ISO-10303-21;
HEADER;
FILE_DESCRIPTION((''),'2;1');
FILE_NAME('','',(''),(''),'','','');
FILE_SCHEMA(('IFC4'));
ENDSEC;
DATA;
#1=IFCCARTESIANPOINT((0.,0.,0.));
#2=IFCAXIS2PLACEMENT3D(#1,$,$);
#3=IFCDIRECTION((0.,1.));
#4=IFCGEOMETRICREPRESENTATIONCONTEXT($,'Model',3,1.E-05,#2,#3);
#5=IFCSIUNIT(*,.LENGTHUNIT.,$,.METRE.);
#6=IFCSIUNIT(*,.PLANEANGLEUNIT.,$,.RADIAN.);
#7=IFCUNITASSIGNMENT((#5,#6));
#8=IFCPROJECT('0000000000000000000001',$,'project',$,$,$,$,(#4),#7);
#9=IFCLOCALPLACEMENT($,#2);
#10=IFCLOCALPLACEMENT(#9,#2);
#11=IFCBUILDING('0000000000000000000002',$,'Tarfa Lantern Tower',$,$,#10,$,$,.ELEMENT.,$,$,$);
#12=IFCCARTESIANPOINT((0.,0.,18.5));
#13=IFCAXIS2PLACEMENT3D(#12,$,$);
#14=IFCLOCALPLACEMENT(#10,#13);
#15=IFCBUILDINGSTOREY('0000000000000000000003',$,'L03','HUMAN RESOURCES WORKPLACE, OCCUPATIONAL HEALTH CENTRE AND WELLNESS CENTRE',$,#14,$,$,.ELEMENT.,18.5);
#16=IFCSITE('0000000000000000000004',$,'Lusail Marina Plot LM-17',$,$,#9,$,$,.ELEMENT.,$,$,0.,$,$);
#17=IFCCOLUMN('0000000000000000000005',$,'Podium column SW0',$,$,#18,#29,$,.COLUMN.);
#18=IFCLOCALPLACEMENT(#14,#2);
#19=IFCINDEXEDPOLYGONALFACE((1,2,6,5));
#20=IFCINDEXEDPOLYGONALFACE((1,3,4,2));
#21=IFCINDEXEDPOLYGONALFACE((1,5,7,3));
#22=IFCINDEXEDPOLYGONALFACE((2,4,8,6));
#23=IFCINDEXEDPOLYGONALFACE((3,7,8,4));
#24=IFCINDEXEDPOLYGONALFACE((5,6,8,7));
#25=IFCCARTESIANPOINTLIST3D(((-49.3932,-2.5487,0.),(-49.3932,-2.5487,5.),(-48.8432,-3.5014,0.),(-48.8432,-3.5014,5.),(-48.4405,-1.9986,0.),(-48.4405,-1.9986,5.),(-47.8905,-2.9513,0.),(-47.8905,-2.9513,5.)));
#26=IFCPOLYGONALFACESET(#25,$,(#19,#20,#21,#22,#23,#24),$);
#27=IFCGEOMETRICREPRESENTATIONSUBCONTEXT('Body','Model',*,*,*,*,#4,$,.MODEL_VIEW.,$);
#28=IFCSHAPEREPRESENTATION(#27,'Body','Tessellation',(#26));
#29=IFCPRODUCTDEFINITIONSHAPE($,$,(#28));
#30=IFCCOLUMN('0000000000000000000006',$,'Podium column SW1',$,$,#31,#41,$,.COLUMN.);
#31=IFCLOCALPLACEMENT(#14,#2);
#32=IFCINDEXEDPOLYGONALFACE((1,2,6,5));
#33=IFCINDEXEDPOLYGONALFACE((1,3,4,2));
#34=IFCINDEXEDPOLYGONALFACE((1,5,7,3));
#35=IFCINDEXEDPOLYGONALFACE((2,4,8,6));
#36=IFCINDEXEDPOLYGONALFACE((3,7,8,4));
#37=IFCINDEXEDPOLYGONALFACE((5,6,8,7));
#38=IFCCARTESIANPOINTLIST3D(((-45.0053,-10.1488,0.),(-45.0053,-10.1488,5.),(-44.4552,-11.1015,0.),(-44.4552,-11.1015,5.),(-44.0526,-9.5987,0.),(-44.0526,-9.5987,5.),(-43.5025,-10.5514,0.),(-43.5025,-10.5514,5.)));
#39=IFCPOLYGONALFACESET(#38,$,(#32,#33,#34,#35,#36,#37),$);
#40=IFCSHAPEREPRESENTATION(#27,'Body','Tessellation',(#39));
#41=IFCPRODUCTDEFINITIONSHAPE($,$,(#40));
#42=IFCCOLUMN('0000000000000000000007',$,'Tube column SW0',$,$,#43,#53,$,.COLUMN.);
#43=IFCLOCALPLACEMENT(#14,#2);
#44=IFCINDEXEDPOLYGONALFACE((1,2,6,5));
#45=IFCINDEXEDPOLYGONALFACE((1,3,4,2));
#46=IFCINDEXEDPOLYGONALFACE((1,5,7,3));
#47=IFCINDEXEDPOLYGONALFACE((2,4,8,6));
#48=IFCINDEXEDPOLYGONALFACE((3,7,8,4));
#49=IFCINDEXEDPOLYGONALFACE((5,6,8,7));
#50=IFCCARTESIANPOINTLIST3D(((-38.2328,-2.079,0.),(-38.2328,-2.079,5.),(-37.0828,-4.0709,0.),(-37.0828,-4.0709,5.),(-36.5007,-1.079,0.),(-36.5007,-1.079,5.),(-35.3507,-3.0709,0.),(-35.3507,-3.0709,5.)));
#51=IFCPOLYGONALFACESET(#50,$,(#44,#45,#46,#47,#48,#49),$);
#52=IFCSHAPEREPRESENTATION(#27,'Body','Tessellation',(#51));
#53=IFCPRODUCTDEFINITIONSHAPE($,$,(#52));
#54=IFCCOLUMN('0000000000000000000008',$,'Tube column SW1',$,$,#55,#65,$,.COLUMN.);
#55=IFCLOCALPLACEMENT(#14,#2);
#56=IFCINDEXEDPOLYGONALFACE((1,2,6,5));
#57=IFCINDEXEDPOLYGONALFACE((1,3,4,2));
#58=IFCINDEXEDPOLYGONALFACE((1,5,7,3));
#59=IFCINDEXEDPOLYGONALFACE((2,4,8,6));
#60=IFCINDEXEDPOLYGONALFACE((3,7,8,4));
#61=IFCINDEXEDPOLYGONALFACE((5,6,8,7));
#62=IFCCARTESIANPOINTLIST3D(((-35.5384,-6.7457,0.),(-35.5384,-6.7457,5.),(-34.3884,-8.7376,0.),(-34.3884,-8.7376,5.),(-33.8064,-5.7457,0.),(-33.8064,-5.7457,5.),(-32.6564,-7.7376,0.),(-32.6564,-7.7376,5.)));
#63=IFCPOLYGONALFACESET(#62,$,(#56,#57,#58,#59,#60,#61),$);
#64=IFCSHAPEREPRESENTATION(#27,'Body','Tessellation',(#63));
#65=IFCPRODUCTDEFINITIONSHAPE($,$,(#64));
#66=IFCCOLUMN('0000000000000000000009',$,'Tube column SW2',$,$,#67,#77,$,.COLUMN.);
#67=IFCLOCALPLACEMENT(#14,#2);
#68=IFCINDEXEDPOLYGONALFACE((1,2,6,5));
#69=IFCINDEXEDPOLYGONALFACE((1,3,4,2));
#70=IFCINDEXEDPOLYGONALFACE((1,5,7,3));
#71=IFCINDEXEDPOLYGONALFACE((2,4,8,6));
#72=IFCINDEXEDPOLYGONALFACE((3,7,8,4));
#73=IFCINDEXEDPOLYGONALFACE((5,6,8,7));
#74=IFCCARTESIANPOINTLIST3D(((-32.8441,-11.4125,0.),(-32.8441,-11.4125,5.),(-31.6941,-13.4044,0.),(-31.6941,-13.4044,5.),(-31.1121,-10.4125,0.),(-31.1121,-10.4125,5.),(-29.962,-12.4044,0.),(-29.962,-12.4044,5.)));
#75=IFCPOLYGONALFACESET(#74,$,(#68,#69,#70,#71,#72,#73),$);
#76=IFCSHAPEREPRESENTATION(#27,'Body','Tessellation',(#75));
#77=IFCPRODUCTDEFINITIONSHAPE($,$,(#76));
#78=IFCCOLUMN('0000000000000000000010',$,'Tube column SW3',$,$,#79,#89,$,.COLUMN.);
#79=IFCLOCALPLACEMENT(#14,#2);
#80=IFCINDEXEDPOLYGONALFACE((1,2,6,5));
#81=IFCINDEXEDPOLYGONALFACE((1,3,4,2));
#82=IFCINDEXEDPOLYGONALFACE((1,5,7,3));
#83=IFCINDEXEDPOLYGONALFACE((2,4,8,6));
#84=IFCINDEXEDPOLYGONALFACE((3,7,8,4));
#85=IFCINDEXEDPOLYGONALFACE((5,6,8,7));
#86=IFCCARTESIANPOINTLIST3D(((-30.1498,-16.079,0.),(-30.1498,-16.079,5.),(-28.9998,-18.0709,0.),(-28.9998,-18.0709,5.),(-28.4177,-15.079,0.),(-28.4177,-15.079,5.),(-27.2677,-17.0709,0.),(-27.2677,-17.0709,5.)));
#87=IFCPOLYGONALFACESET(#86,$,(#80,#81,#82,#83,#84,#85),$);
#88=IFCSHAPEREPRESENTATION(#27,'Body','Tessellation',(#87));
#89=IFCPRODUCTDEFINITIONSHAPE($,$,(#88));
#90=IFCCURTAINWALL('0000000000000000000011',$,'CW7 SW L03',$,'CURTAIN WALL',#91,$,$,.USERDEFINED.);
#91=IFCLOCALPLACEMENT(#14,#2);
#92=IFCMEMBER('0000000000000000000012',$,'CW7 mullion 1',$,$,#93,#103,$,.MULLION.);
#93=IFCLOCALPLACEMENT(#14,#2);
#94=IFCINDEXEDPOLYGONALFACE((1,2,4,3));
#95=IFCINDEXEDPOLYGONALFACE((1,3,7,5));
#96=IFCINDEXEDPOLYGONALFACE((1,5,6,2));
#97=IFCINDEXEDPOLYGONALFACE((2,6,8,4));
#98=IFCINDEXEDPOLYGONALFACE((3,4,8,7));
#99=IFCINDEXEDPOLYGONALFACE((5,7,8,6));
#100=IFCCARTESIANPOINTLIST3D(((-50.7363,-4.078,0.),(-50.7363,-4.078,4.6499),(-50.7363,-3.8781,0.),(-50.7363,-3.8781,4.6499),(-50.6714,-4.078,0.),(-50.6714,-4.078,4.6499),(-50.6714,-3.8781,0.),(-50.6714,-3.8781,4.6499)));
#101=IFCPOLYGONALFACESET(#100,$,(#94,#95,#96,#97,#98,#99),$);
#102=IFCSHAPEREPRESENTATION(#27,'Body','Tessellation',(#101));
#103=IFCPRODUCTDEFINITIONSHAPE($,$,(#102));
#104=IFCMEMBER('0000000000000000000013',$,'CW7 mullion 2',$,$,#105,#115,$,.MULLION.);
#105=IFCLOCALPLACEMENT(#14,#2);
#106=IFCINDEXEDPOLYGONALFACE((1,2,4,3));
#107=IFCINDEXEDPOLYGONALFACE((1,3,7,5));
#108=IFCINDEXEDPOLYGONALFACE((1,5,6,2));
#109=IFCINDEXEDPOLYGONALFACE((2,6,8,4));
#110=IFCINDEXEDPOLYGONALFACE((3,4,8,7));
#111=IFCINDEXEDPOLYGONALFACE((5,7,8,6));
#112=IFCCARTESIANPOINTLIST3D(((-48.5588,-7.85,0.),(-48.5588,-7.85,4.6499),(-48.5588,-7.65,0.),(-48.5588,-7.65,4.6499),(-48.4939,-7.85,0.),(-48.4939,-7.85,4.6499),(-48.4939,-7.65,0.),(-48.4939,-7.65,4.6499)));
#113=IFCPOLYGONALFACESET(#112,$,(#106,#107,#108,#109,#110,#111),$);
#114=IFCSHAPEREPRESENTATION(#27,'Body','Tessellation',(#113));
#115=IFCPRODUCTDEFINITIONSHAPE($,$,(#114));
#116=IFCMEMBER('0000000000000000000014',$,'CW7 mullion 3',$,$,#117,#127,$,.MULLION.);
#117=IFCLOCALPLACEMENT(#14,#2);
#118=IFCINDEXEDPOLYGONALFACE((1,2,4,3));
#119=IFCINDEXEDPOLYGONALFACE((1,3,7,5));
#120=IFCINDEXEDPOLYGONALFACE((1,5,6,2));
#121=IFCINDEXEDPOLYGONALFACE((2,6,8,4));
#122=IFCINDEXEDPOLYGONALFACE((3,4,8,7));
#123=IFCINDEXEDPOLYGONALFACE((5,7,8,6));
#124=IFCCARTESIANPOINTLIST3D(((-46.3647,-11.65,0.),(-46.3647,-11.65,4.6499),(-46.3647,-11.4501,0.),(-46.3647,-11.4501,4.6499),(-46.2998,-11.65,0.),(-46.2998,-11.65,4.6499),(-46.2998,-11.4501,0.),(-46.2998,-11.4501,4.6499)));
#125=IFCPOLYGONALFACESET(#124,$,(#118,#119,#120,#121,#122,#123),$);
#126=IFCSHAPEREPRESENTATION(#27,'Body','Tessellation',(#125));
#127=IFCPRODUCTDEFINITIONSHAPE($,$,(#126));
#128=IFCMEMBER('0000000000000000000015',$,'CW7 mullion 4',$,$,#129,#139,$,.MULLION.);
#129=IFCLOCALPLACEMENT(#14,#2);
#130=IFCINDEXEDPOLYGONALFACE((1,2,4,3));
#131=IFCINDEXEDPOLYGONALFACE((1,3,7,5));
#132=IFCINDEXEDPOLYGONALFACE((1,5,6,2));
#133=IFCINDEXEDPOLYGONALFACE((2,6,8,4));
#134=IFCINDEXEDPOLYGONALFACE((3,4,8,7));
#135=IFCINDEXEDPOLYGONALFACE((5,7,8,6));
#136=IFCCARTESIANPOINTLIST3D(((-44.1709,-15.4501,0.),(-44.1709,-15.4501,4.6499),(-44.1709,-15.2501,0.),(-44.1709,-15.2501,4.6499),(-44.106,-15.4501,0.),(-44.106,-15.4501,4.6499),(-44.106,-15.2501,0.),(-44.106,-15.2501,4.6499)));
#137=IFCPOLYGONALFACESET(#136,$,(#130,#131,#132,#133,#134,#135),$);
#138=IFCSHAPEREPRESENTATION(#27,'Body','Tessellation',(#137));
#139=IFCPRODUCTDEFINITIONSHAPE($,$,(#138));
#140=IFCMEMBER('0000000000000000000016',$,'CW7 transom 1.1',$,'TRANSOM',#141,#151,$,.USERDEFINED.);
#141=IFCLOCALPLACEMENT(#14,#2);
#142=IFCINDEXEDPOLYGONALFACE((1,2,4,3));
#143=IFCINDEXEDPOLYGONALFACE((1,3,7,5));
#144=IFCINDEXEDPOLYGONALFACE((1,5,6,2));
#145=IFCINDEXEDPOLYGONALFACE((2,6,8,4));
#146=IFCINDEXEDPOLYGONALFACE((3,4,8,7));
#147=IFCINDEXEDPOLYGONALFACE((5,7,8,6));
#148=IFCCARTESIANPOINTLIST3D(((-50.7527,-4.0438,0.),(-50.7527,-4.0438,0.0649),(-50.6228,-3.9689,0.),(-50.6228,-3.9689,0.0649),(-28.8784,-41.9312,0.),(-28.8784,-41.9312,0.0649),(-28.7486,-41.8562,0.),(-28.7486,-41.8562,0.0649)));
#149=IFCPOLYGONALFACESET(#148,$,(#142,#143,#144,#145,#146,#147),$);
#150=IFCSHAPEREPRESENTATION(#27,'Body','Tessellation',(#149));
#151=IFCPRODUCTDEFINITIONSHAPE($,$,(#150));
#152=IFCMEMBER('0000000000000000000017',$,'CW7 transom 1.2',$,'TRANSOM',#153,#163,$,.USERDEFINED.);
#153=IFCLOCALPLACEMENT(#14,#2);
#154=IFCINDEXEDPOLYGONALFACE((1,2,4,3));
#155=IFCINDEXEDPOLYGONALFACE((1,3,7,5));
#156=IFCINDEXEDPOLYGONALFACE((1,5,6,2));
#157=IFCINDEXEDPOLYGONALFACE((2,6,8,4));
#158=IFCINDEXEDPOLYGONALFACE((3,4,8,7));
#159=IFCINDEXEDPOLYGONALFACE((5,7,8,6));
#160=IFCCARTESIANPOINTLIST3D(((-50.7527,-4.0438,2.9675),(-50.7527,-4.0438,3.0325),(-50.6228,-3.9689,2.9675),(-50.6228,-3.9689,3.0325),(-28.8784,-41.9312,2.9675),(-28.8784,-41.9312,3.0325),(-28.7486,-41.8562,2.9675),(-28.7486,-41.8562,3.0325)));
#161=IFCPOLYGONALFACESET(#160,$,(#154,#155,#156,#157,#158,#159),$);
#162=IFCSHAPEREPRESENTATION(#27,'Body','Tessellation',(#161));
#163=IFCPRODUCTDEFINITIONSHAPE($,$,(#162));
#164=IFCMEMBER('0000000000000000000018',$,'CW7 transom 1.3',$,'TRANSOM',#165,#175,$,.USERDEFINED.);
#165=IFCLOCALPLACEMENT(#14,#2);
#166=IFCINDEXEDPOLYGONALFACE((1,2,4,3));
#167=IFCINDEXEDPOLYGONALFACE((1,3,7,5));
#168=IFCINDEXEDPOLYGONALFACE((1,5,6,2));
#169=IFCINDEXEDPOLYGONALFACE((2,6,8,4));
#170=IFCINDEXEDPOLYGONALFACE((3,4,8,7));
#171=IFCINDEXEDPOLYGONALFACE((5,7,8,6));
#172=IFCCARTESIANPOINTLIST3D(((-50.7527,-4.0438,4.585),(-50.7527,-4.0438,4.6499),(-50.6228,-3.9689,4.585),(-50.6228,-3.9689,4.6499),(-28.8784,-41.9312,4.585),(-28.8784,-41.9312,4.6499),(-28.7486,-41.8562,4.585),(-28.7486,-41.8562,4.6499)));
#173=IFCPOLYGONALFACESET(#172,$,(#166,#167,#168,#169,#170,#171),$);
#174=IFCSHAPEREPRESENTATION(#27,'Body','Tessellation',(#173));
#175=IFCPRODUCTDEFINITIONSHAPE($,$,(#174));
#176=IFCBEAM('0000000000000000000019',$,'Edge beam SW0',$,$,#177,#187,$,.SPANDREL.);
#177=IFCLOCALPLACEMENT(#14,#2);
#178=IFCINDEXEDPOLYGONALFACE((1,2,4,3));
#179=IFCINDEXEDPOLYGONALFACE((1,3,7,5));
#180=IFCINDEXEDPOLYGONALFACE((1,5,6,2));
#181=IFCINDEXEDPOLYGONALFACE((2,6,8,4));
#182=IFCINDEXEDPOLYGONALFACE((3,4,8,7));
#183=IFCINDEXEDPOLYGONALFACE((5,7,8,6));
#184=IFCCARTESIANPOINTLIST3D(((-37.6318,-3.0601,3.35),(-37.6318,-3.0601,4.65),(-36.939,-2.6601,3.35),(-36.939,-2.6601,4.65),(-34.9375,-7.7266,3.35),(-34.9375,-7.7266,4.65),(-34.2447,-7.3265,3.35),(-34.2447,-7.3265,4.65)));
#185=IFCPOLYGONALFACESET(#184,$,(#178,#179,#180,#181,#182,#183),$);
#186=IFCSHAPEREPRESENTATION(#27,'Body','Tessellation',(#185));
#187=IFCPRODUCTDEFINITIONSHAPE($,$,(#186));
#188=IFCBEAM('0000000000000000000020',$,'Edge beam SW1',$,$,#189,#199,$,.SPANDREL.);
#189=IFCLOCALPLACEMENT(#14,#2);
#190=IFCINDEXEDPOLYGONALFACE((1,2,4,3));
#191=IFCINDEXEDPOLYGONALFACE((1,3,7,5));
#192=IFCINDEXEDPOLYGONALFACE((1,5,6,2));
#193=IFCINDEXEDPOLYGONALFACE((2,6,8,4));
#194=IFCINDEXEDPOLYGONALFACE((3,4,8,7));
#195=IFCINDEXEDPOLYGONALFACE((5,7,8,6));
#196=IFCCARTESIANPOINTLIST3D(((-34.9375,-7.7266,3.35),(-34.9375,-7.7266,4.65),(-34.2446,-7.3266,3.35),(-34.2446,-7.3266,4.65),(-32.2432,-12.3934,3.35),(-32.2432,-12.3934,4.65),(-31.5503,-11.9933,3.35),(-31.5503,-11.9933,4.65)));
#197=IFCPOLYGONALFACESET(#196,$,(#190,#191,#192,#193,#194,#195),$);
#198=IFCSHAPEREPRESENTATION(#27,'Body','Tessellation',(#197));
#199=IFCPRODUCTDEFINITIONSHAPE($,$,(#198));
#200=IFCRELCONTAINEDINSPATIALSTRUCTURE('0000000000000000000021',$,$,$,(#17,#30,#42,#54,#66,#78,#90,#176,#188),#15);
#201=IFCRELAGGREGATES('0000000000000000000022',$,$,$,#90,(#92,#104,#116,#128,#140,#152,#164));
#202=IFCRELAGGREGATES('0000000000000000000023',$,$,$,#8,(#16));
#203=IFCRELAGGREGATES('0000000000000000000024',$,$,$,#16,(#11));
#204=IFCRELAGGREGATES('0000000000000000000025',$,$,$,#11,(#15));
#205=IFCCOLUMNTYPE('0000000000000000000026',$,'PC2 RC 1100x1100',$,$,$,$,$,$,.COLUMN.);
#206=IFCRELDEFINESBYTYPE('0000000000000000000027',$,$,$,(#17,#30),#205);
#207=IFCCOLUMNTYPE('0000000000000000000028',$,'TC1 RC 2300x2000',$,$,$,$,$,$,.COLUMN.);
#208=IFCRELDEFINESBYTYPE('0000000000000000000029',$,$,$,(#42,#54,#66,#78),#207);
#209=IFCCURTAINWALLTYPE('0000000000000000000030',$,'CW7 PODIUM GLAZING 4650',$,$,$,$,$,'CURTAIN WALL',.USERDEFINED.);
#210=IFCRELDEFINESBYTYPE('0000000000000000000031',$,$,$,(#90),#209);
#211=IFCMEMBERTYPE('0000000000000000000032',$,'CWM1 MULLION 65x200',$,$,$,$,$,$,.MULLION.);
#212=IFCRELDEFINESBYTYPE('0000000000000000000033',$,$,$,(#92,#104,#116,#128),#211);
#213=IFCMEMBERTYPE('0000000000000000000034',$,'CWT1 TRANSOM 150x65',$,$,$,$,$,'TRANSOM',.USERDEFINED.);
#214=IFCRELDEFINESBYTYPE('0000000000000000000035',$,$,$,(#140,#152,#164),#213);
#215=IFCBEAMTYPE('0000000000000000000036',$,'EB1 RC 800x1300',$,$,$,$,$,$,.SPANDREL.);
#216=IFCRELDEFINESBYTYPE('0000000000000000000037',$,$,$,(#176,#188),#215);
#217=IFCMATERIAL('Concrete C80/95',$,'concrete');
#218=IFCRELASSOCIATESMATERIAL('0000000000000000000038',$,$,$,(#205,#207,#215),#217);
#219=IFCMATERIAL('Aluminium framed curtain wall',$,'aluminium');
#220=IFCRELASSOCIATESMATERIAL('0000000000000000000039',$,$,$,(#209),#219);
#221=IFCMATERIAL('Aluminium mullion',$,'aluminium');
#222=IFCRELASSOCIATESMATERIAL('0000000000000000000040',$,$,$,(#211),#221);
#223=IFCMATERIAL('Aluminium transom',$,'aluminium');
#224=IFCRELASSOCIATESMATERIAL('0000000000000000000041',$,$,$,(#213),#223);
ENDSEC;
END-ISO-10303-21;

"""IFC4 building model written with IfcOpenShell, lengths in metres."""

from ifc_helpers import new_model, si_unit, direction, frame, origin, origin_2d, place, context, subcontext, project, spatial, rectangle, extrude, material, material_profile, profile_set, type_object, element, aggregate, save


model = new_model("IFC4")

# Units and contexts
model_context = context("Model", 3, precision=1e-05, world=origin(), true_north=direction((0.0, 1.0)))
body_context = subcontext(model_context, "Body", "Model", "MODEL_VIEW")
ifc_project = project(units=[si_unit("LENGTHUNIT", "METRE"), si_unit("PLANEANGLEUNIT", "RADIAN")], contexts=[model_context])

# Site, building, storey
site_placement = place(None, origin())
site = spatial("IfcSite", under=ifc_project, at=site_placement, Name="Lusail Marina Plot LM-17", CompositionType="ELEMENT", RefElevation=0.0)
building_placement = place(site_placement, origin())
building = spatial("IfcBuilding", under=site, at=building_placement, Name="Tarfa Lantern Tower", CompositionType="ELEMENT")
storey_placement = place(building_placement, frame((0.0, 0.0, 18.5)))
storey = spatial("IfcBuildingStorey", under=building, at=storey_placement, Name="L03", Description="HUMAN RESOURCES WORKPLACE, OCCUPATIONAL HEALTH CENTRE AND WELLNESS CENTRE", CompositionType="ELEMENT", Elevation=18.5)

# Columns
ifc_material_1 = material(Name="Concrete C80/95", Category="concrete")
ifc_material_profile_1 = material_profile(ifc_material_1, rectangle(XDim=1.1001, YDim=1.1001, at=origin_2d()), Name="RC 1100x1100")
ifc_profile_set_1 = profile_set([ifc_material_profile_1], Name="Concrete C80/95")
column_type_1 = type_object("IfcColumnType", Name="PC2 RC 1100x1100", PredefinedType="COLUMN", material=ifc_profile_set_1)
for number, where, z_axis, x_axis, name in (
    (1, (-48.6418, -2.75, 0.0), (0.0, 0.0, 1.0), (0.5, -0.866025, 0.0), "Podium column SW0"),
    (2, (-44.2539, -10.3501, 0.0), (0.0, 0.0, 1.0), (0.5, -0.866025, 0.0), "Podium column SW1"),
):
    element("IfcColumn", number, at=place(storey_placement, frame(where, z_axis=z_axis, x_axis=x_axis)), inside=storey, type_object=column_type_1, Name=name, PredefinedType="COLUMN", context=body_context, shape_type="SweptSolid", body=[
        extrude(rectangle(XDim=1.1001, YDim=1.1001, at=origin_2d()), origin(), (0.0, 0.0, 1.0), 5.0),
    ])
ifc_material_profile_2 = material_profile(ifc_material_1, rectangle(XDim=2.3, YDim=2.0, at=origin_2d()), Name="RC 2300x2000")
ifc_profile_set_2 = profile_set([ifc_material_profile_2], Name="Concrete C80/95")
column_type_2 = type_object("IfcColumnType", Name="TC1 RC 2300x2000", PredefinedType="COLUMN", material=ifc_profile_set_2)
for number, where, z_axis, x_axis, name in (
    (3, (-36.7917, -2.575, 0.0), (0.0, 0.0, 1.0), (0.5, -0.866025, 0.0), "Tube column SW0"),
    (4, (-34.0974, -7.2417, 0.0), (0.0, 0.0, 1.0), (0.5, -0.866025, 0.0), "Tube column SW1"),
    (5, (-31.4031, -11.9084, 0.0), (0.0, 0.0, 1.0), (0.5, -0.866025, 0.0), "Tube column SW2"),
    (6, (-28.7087, -16.575, 0.0), (0.0, 0.0, 1.0), (0.5, -0.866025, 0.0), "Tube column SW3"),
):
    element("IfcColumn", number, at=place(storey_placement, frame(where, z_axis=z_axis, x_axis=x_axis)), inside=storey, type_object=column_type_2, Name=name, PredefinedType="COLUMN", context=body_context, shape_type="SweptSolid", body=[
        extrude(rectangle(XDim=2.3, YDim=2.0, at=origin_2d()), origin(), (0.0, 0.0, 1.0), 5.0),
    ])

# Curtain wall, members
ifc_material_2 = material(Name="Aluminium framed curtain wall", Category="aluminium")
curtain_wall_type = type_object("IfcCurtainWallType", Name="CW7 PODIUM GLAZING 4650", ElementType="CURTAIN WALL", PredefinedType="USERDEFINED", material=ifc_material_2)
curtain_wall_placement = place(storey_placement, origin())
curtain_wall = element("IfcCurtainWall", 7, at=curtain_wall_placement, inside=storey, type_object=curtain_wall_type, Name="CW7 SW L03", ObjectType="CURTAIN WALL", PredefinedType="USERDEFINED")
ifc_material_3 = material(Name="Aluminium mullion", Category="aluminium")
ifc_material_profile_3 = material_profile(ifc_material_3, rectangle(XDim=0.0649, YDim=0.2, at=origin_2d()), Name="AL MULLION 65x200")
ifc_profile_set_3 = profile_set([ifc_material_profile_3], Name="Aluminium mullion")
member_type_1 = type_object("IfcMemberType", Name="CWM1 MULLION 65x200", PredefinedType="MULLION", material=ifc_profile_set_3)
member_1_placement = place(storey_placement, frame((-50.7039, -3.978, 0.0), z_axis=(0.0, 0.0, 1.0), x_axis=(1.0, 0.0, 0.0)))
member_1 = element("IfcMember", 8, at=member_1_placement, type_object=member_type_1, Name="CW7 mullion 1", PredefinedType="MULLION", context=body_context, shape_type="SweptSolid", body=[
    extrude(rectangle(XDim=0.0649, YDim=0.2, at=origin_2d()), origin(), (0.0, 0.0, 1.0), 4.6499),
])
member_2_placement = place(storey_placement, frame((-48.5264, -7.75, 0.0), z_axis=(0.0, 0.0, 1.0), x_axis=(1.0, 0.0, 0.0)))
member_2 = element("IfcMember", 9, at=member_2_placement, type_object=member_type_1, Name="CW7 mullion 2", PredefinedType="MULLION", context=body_context, shape_type="SweptSolid", body=[
    extrude(rectangle(XDim=0.0649, YDim=0.2, at=origin_2d()), origin(), (0.0, 0.0, 1.0), 4.6499),
])
member_3_placement = place(storey_placement, frame((-46.3323, -11.55, 0.0), z_axis=(0.0, 0.0, 1.0), x_axis=(1.0, 0.0, 0.0)))
member_3 = element("IfcMember", 10, at=member_3_placement, type_object=member_type_1, Name="CW7 mullion 3", PredefinedType="MULLION", context=body_context, shape_type="SweptSolid", body=[
    extrude(rectangle(XDim=0.0649, YDim=0.2, at=origin_2d()), origin(), (0.0, 0.0, 1.0), 4.6499),
])
member_4_placement = place(storey_placement, frame((-44.1384, -15.3501, 0.0), z_axis=(0.0, 0.0, 1.0), x_axis=(1.0, 0.0, 0.0)))
member_4 = element("IfcMember", 11, at=member_4_placement, type_object=member_type_1, Name="CW7 mullion 4", PredefinedType="MULLION", context=body_context, shape_type="SweptSolid", body=[
    extrude(rectangle(XDim=0.0649, YDim=0.2, at=origin_2d()), origin(), (0.0, 0.0, 1.0), 4.6499),
])
ifc_material_4 = material(Name="Aluminium transom", Category="aluminium")
ifc_material_profile_4 = material_profile(ifc_material_4, rectangle(XDim=0.1499, YDim=0.0649, at=origin_2d()), Name="AL TRANSOM 150x65")
ifc_profile_set_4 = profile_set([ifc_material_profile_4], Name="Aluminium transom")
member_type_2 = type_object("IfcMemberType", Name="CWT1 TRANSOM 150x65", ElementType="TRANSOM", PredefinedType="USERDEFINED", material=ifc_profile_set_4)
member_5_placement = place(storey_placement, frame((-50.6877, -4.0063, 0.0325), z_axis=(0.499999, -0.866026, 0.0), x_axis=(0.866026, 0.499999, 0.0)))
member_5 = element("IfcMember", 12, at=member_5_placement, type_object=member_type_2, Name="CW7 transom 1.1", ObjectType="TRANSOM", PredefinedType="USERDEFINED", context=body_context, shape_type="SweptSolid", body=[
    extrude(rectangle(XDim=0.1499, YDim=0.0649, at=origin_2d()), origin(), (0.0, 0.0, 1.0), 43.7485),
])
member_6_placement = place(storey_placement, frame((-50.6877, -4.0063, 3.0), z_axis=(0.499999, -0.866026, 0.0), x_axis=(0.866026, 0.499999, 0.0)))
member_6 = element("IfcMember", 13, at=member_6_placement, type_object=member_type_2, Name="CW7 transom 1.2", ObjectType="TRANSOM", PredefinedType="USERDEFINED", context=body_context, shape_type="SweptSolid", body=[
    extrude(rectangle(XDim=0.1499, YDim=0.0649, at=origin_2d()), origin(), (0.0, 0.0, 1.0), 43.7485),
])
member_7_placement = place(storey_placement, frame((-50.6877, -4.0063, 4.6174), z_axis=(0.499999, -0.866026, 0.0), x_axis=(0.866026, 0.499999, 0.0)))
member_7 = element("IfcMember", 14, at=member_7_placement, type_object=member_type_2, Name="CW7 transom 1.3", ObjectType="TRANSOM", PredefinedType="USERDEFINED", context=body_context, shape_type="SweptSolid", body=[
    extrude(rectangle(XDim=0.1499, YDim=0.0649, at=origin_2d()), origin(), (0.0, 0.0, 1.0), 43.7485),
])

# Beams
ifc_material_profile_5 = material_profile(ifc_material_1, rectangle(XDim=0.8, YDim=1.3, at=origin_2d()), Name="RC 800x1300")
ifc_profile_set_5 = profile_set([ifc_material_profile_5], Name="Concrete C80/95")
beam_type_1 = type_object("IfcBeamType", Name="EB1 RC 800x1300", PredefinedType="SPANDREL", material=ifc_profile_set_5)
beam_1_placement = place(storey_placement, frame((-37.2854, -2.8601, 4.0), z_axis=(0.500018, -0.866015, 0.0), x_axis=(0.866015, 0.500018, 0.0)))
element("IfcBeam", 15, at=beam_1_placement, inside=storey, type_object=beam_type_1, Name="Edge beam SW0", PredefinedType="SPANDREL", context=body_context, shape_type="SweptSolid", body=[
    extrude(rectangle(XDim=0.8, YDim=1.3, at=origin_2d()), origin(), (0.0, 0.0, 1.0), 5.3884),
])
for number, where, z_axis, x_axis, name in (
    (16, (-34.5911, -7.5266, 4.0), (0.499998, -0.866026, 0.0), (0.866026, 0.499998, 0.0), "Edge beam SW1"),
):
    element("IfcBeam", number, at=place(storey_placement, frame(where, z_axis=z_axis, x_axis=x_axis)), inside=storey, type_object=beam_type_1, Name=name, PredefinedType="SPANDREL", context=body_context, shape_type="SweptSolid", body=[
        extrude(rectangle(XDim=0.8, YDim=1.3, at=origin_2d()), origin(), (0.0, 0.0, 1.0), 5.3887),
    ])

aggregate(curtain_wall, [member_1, member_2, member_3, member_4, member_5, member_6, member_7])

save(model, "model.ifc")
